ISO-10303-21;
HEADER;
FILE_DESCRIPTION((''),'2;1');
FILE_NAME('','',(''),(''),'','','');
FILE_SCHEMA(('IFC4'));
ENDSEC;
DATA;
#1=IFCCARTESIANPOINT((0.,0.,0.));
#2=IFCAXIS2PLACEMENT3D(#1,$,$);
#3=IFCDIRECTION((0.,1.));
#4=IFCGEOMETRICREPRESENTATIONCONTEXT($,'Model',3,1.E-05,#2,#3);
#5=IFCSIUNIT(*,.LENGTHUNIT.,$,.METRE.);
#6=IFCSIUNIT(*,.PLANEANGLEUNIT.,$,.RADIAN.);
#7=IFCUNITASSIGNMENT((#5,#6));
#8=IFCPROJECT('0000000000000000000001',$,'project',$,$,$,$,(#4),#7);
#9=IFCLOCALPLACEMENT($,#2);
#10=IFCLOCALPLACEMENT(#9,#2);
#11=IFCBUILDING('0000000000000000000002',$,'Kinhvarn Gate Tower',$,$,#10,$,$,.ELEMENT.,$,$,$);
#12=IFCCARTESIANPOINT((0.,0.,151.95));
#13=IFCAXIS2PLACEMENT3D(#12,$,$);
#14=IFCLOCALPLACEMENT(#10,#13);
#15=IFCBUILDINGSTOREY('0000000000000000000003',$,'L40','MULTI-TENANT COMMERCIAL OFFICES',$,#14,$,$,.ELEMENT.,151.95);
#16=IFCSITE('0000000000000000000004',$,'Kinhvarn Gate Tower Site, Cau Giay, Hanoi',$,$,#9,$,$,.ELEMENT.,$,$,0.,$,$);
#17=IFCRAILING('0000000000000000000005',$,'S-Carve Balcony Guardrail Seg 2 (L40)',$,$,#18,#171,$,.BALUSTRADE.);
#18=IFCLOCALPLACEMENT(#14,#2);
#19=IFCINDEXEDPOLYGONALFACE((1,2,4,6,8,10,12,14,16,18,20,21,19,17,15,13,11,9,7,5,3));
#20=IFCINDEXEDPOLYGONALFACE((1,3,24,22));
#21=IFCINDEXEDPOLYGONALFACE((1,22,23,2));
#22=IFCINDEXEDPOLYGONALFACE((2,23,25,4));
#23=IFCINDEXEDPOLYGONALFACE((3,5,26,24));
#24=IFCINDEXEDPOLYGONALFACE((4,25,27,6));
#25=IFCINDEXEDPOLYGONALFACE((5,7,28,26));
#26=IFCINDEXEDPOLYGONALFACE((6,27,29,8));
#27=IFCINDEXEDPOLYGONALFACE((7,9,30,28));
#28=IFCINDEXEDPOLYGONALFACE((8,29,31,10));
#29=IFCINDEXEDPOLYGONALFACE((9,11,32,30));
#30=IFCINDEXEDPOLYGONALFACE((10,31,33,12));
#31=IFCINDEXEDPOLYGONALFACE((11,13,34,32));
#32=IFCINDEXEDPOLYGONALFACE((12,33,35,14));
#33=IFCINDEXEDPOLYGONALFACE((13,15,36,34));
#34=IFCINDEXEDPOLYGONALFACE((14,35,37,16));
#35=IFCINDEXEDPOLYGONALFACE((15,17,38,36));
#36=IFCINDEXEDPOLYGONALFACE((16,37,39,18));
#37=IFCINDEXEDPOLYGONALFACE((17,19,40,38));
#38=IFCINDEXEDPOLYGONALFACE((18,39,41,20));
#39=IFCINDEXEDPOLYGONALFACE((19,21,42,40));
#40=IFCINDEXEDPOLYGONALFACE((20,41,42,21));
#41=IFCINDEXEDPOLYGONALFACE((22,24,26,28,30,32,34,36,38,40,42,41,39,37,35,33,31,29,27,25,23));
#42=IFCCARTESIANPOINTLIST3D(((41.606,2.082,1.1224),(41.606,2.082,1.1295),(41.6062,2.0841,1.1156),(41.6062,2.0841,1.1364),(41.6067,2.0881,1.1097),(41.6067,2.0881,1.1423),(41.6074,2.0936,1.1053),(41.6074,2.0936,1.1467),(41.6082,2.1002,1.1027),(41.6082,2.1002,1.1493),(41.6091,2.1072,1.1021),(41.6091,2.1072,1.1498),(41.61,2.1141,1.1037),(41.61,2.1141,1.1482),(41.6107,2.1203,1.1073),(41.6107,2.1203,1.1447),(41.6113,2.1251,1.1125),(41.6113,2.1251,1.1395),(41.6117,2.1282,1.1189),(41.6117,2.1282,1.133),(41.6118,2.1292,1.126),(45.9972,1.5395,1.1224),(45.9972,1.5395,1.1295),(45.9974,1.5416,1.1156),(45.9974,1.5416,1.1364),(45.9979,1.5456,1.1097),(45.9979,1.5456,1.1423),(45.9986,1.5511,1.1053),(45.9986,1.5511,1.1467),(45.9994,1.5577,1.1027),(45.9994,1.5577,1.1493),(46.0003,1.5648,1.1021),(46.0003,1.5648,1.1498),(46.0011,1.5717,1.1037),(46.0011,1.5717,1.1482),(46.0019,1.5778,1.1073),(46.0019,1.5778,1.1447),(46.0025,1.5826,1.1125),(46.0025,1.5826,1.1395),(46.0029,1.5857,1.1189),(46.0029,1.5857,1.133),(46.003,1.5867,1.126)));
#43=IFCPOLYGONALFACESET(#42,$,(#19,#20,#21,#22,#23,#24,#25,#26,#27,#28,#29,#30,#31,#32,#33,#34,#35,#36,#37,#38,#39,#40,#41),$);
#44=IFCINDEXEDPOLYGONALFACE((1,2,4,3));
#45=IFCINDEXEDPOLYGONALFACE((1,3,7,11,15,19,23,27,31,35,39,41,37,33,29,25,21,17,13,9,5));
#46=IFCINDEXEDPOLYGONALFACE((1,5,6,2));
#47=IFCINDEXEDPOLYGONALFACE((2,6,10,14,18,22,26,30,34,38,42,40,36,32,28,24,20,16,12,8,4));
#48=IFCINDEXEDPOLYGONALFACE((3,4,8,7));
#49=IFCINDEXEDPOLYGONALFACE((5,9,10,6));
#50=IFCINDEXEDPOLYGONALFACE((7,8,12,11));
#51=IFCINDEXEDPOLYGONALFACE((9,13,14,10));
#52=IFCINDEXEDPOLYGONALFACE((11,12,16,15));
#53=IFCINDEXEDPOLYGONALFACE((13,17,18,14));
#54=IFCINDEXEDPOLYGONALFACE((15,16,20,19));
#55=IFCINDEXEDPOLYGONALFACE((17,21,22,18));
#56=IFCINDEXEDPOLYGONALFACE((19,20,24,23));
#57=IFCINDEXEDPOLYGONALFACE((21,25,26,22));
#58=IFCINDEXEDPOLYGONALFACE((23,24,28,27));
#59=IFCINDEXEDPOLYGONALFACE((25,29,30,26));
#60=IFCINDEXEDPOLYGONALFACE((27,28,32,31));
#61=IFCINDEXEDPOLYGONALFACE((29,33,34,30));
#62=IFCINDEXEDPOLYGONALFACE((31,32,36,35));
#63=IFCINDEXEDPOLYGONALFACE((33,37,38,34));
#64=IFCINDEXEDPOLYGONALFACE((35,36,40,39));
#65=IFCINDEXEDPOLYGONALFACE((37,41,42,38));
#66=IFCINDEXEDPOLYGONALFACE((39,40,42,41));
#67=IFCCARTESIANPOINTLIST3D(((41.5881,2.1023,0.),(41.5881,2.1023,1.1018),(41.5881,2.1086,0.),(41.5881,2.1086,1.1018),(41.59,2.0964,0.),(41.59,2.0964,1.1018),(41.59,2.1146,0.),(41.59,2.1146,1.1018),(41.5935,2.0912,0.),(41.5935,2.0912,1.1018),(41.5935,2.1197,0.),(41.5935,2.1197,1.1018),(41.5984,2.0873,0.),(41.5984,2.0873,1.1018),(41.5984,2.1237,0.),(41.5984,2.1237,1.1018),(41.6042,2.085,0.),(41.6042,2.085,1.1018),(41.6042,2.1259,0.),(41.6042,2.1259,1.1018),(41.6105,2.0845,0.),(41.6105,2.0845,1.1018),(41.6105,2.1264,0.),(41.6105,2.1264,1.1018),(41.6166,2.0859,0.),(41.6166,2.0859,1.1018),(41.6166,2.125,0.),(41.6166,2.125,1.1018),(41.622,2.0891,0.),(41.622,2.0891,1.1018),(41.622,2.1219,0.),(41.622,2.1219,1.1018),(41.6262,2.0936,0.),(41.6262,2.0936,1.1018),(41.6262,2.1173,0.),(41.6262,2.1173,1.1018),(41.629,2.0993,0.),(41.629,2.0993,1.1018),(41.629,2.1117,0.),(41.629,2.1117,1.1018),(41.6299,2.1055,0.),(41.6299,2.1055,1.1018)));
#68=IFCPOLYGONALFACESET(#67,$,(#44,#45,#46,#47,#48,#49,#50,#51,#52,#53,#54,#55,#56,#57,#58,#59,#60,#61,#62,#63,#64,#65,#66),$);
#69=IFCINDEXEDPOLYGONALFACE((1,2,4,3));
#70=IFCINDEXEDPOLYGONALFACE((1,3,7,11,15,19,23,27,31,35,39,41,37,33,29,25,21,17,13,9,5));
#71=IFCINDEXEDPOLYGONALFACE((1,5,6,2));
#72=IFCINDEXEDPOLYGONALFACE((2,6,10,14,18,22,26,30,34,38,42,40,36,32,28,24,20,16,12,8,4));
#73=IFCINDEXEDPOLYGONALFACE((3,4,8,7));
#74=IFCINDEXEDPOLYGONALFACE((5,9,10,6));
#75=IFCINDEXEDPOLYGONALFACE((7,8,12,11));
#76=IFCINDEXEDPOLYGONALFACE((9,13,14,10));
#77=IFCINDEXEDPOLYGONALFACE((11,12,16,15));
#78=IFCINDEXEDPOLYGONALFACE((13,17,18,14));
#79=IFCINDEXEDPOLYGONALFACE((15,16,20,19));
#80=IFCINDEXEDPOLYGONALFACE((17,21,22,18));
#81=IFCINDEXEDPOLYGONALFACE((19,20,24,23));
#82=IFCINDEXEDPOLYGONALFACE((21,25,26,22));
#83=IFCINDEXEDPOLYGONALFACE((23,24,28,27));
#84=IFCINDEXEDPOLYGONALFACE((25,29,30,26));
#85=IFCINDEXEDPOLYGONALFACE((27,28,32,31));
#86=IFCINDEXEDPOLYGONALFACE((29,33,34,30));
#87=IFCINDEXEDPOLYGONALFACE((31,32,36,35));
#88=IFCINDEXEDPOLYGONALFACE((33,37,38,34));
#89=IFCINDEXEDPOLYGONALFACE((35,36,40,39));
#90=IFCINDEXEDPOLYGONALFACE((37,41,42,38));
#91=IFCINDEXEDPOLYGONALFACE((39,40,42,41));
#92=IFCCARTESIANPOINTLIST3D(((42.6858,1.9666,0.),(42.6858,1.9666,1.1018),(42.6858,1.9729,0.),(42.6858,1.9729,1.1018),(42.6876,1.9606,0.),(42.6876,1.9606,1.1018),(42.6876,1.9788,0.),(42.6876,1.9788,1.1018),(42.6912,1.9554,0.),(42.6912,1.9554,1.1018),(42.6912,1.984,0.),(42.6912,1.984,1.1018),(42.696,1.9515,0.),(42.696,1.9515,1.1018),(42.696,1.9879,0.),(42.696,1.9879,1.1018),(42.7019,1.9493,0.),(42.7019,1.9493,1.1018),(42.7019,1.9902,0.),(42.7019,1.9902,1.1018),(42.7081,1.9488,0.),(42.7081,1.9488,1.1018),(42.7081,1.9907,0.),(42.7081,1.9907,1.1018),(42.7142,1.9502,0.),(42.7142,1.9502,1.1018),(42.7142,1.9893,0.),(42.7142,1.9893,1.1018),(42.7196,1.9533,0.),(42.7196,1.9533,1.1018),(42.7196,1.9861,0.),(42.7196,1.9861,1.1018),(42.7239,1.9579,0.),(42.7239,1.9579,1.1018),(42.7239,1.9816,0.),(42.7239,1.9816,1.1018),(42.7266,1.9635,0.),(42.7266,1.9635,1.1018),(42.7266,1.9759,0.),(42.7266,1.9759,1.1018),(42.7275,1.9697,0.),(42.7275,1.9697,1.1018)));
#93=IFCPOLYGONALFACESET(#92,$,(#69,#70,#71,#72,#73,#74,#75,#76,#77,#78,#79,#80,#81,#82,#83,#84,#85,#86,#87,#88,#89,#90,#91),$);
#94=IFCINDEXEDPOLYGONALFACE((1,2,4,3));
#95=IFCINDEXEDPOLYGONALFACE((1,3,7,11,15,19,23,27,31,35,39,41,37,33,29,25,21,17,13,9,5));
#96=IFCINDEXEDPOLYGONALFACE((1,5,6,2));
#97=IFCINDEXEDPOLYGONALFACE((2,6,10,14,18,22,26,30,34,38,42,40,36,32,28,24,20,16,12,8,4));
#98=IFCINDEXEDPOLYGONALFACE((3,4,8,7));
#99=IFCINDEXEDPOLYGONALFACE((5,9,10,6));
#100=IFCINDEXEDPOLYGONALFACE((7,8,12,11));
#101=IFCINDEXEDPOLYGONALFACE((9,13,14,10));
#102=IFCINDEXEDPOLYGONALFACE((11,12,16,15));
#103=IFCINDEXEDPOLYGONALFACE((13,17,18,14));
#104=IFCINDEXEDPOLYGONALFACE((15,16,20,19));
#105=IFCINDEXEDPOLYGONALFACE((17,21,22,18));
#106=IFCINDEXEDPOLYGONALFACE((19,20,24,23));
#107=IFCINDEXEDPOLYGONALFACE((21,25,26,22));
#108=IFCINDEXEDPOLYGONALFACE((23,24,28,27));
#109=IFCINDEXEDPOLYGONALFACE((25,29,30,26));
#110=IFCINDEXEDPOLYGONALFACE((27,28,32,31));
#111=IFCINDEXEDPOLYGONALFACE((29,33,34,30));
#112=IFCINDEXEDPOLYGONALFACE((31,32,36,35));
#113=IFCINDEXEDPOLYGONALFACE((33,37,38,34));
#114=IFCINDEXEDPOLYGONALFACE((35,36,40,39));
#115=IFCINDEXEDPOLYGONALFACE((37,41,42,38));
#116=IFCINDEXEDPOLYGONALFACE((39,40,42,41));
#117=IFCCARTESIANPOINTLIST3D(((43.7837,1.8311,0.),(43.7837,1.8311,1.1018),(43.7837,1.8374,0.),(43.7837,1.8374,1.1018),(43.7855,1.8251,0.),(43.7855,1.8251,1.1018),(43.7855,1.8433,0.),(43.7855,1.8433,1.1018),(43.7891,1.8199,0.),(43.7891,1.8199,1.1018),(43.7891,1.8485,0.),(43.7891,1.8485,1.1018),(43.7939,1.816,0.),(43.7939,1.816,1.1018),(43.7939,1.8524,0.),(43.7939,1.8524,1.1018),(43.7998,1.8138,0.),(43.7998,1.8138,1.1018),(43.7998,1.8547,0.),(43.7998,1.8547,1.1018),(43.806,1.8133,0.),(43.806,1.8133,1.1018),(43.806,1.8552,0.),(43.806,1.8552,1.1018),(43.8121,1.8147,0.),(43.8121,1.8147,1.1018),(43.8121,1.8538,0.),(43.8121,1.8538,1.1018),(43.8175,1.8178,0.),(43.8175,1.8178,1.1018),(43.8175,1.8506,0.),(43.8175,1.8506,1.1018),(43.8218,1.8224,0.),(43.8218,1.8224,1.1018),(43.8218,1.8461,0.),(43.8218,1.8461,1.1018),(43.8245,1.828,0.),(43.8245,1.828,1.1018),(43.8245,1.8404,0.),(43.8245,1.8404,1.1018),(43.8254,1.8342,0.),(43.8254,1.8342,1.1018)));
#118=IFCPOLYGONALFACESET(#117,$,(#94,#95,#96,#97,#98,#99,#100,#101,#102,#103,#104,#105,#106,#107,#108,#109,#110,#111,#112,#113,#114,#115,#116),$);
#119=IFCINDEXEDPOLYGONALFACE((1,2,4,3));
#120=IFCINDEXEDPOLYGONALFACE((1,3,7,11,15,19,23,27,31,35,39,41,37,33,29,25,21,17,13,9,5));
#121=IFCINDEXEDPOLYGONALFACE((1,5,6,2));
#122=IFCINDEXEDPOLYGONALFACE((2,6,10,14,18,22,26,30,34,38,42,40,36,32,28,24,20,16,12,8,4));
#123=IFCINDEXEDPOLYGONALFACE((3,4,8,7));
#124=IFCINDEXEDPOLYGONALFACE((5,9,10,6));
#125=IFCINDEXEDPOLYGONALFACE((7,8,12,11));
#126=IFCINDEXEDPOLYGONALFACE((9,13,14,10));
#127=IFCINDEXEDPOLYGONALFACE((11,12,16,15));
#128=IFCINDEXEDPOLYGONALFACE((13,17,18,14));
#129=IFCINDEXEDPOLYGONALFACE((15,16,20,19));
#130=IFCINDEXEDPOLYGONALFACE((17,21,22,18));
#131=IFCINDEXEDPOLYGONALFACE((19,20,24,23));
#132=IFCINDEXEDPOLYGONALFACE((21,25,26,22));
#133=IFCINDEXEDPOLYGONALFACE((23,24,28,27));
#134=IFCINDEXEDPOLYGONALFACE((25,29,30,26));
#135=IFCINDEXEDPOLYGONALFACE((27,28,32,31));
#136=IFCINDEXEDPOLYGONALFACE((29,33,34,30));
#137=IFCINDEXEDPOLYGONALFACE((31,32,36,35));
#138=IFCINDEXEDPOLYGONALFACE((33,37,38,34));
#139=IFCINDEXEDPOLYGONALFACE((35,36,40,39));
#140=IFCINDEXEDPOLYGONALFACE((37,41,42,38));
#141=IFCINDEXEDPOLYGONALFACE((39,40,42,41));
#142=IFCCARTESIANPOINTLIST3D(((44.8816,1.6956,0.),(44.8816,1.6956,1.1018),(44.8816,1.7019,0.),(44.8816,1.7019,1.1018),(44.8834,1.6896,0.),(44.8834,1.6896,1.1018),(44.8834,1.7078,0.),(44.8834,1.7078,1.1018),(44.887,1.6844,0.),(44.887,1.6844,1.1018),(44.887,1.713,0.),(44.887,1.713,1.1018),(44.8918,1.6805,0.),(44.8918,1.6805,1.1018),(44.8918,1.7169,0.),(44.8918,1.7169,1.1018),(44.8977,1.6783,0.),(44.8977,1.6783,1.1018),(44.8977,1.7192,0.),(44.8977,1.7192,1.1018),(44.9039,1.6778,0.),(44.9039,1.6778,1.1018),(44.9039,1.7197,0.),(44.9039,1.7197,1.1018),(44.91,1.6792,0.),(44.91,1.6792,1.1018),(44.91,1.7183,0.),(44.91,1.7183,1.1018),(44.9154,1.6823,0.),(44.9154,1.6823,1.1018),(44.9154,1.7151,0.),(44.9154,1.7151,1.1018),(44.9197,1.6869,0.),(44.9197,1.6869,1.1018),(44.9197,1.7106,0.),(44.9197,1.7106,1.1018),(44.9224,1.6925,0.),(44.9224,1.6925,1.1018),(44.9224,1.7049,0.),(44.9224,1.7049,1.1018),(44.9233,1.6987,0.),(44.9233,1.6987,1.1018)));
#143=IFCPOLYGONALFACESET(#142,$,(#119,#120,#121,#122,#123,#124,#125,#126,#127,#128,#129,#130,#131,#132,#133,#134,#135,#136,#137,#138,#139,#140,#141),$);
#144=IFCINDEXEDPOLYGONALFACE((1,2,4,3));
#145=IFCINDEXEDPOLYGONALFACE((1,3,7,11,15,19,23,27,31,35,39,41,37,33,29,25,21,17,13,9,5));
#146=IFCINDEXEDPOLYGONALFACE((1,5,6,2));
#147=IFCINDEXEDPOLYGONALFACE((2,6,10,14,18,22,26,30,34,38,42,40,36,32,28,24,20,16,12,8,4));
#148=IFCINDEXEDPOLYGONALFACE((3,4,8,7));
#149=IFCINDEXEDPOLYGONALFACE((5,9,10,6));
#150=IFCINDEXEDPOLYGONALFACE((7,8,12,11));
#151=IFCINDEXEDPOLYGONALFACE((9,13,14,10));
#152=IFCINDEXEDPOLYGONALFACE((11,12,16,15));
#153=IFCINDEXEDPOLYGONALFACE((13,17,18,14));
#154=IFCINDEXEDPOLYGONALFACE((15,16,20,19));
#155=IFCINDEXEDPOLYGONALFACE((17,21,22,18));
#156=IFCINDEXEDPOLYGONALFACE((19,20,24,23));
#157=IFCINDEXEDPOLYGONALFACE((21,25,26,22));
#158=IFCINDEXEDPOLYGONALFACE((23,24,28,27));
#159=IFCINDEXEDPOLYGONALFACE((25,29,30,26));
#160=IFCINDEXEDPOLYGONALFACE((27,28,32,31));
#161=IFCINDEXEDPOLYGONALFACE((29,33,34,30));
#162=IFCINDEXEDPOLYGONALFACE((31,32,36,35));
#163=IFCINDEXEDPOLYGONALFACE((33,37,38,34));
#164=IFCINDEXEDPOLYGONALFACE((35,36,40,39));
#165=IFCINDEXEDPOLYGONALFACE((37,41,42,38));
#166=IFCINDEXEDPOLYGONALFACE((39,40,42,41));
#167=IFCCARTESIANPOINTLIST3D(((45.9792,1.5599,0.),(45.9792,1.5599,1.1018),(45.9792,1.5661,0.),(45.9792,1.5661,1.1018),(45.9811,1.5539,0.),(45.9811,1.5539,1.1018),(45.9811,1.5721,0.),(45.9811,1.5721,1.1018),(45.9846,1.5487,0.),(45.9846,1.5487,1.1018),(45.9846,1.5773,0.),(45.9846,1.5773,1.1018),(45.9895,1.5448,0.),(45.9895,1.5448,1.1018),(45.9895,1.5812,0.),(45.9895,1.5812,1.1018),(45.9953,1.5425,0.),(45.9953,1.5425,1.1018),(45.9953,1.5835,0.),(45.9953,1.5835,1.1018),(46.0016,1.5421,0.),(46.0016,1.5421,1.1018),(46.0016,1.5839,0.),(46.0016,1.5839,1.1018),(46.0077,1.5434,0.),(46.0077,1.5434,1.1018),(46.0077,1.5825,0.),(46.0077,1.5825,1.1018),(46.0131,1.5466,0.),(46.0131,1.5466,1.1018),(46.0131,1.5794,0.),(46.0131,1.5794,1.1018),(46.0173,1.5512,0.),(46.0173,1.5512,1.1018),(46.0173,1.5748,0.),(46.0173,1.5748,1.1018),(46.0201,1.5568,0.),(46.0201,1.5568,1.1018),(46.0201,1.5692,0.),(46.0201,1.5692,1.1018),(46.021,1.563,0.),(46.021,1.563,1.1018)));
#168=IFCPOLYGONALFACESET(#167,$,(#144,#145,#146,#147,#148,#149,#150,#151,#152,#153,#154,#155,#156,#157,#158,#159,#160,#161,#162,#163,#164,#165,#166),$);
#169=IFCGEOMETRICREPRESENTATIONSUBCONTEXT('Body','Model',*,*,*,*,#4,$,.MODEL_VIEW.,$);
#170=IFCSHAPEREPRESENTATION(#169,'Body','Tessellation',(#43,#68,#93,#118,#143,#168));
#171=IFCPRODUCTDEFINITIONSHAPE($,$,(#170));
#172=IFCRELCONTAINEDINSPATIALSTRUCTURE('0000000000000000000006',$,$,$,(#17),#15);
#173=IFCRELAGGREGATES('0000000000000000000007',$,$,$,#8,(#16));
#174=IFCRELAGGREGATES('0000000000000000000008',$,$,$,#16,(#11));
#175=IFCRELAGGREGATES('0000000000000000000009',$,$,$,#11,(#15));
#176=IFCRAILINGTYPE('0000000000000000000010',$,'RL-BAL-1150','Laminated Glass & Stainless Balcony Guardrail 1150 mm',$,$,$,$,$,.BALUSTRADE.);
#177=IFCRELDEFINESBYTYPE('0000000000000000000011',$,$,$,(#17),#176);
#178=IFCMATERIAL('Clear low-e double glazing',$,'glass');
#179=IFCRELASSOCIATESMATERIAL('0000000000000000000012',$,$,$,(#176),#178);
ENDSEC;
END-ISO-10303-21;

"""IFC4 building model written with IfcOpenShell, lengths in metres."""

from ifc_helpers import new_model, si_unit, direction, frame, origin, origin_2d, place, context, subcontext, project, spatial, circle, extrude, material, type_object, element, save


model = new_model("IFC4")

# Units and contexts
model_context = context("Model", 3, precision=1e-05, world=origin(), true_north=direction((0.0, 1.0)))
body_context = subcontext(model_context, "Body", "Model", "MODEL_VIEW")
ifc_project = project(units=[si_unit("LENGTHUNIT", "METRE"), si_unit("PLANEANGLEUNIT", "RADIAN")], contexts=[model_context])

# Site, building, storey
site_placement = place(None, origin())
site = spatial("IfcSite", under=ifc_project, at=site_placement, Name="Kinhvarn Gate Tower Site, Cau Giay, Hanoi", CompositionType="ELEMENT", RefElevation=0.0)
building_placement = place(site_placement, origin())
building = spatial("IfcBuilding", under=site, at=building_placement, Name="Kinhvarn Gate Tower", CompositionType="ELEMENT")
storey_placement = place(building_placement, frame((0.0, 0.0, 151.95)))
storey = spatial("IfcBuildingStorey", under=building, at=storey_placement, Name="L40", Description="MULTI-TENANT COMMERCIAL OFFICES", CompositionType="ELEMENT", Elevation=151.95)

# Shared definitions
ifc_material_1 = material(Name="Clear low-e double glazing", Category="glass")

# Railing
railing_type = type_object("IfcRailingType", Name="RL-BAL-1150", Description="Laminated Glass & Stainless Balcony Guardrail 1150 mm", PredefinedType="BALUSTRADE", material=ifc_material_1)
railing_1_placement = place(storey_placement, frame((41.6089, 2.1055, 0.0)))
element("IfcRailing", 1, at=railing_1_placement, inside=storey, type_object=railing_type, Name="S-Carve Balcony Guardrail Seg 2 (L40)", PredefinedType="BALUSTRADE", context=body_context, shape_type="SweptSolid", body=[
    extrude(circle(Radius=0.0239, at=origin_2d()), frame((0.0, 0.0, 1.126), z_axis=(0.992455, -0.122608, 0.0), x_axis=(0.122608, 0.992455, 0.0)), (0.0, 0.0, 1.0), 4.4246),
    extrude(circle(Radius=0.021, at=origin_2d()), origin(), (0.0, 0.0, 1.0), 1.1018),
    extrude(circle(Radius=0.021, at=origin_2d()), frame((1.0977, -0.1357, 0.0)), (0.0, 0.0, 1.0), 1.1018),
    extrude(circle(Radius=0.021, at=origin_2d()), frame((2.1956, -0.2712, 0.0)), (0.0, 0.0, 1.0), 1.1018),
    extrude(circle(Radius=0.021, at=origin_2d()), frame((3.2935, -0.4067, 0.0)), (0.0, 0.0, 1.0), 1.1018),
    extrude(circle(Radius=0.021, at=origin_2d()), frame((4.3911, -0.5425, 0.0)), (0.0, 0.0, 1.0), 1.1018),
])

save(model, "model.ifc")
